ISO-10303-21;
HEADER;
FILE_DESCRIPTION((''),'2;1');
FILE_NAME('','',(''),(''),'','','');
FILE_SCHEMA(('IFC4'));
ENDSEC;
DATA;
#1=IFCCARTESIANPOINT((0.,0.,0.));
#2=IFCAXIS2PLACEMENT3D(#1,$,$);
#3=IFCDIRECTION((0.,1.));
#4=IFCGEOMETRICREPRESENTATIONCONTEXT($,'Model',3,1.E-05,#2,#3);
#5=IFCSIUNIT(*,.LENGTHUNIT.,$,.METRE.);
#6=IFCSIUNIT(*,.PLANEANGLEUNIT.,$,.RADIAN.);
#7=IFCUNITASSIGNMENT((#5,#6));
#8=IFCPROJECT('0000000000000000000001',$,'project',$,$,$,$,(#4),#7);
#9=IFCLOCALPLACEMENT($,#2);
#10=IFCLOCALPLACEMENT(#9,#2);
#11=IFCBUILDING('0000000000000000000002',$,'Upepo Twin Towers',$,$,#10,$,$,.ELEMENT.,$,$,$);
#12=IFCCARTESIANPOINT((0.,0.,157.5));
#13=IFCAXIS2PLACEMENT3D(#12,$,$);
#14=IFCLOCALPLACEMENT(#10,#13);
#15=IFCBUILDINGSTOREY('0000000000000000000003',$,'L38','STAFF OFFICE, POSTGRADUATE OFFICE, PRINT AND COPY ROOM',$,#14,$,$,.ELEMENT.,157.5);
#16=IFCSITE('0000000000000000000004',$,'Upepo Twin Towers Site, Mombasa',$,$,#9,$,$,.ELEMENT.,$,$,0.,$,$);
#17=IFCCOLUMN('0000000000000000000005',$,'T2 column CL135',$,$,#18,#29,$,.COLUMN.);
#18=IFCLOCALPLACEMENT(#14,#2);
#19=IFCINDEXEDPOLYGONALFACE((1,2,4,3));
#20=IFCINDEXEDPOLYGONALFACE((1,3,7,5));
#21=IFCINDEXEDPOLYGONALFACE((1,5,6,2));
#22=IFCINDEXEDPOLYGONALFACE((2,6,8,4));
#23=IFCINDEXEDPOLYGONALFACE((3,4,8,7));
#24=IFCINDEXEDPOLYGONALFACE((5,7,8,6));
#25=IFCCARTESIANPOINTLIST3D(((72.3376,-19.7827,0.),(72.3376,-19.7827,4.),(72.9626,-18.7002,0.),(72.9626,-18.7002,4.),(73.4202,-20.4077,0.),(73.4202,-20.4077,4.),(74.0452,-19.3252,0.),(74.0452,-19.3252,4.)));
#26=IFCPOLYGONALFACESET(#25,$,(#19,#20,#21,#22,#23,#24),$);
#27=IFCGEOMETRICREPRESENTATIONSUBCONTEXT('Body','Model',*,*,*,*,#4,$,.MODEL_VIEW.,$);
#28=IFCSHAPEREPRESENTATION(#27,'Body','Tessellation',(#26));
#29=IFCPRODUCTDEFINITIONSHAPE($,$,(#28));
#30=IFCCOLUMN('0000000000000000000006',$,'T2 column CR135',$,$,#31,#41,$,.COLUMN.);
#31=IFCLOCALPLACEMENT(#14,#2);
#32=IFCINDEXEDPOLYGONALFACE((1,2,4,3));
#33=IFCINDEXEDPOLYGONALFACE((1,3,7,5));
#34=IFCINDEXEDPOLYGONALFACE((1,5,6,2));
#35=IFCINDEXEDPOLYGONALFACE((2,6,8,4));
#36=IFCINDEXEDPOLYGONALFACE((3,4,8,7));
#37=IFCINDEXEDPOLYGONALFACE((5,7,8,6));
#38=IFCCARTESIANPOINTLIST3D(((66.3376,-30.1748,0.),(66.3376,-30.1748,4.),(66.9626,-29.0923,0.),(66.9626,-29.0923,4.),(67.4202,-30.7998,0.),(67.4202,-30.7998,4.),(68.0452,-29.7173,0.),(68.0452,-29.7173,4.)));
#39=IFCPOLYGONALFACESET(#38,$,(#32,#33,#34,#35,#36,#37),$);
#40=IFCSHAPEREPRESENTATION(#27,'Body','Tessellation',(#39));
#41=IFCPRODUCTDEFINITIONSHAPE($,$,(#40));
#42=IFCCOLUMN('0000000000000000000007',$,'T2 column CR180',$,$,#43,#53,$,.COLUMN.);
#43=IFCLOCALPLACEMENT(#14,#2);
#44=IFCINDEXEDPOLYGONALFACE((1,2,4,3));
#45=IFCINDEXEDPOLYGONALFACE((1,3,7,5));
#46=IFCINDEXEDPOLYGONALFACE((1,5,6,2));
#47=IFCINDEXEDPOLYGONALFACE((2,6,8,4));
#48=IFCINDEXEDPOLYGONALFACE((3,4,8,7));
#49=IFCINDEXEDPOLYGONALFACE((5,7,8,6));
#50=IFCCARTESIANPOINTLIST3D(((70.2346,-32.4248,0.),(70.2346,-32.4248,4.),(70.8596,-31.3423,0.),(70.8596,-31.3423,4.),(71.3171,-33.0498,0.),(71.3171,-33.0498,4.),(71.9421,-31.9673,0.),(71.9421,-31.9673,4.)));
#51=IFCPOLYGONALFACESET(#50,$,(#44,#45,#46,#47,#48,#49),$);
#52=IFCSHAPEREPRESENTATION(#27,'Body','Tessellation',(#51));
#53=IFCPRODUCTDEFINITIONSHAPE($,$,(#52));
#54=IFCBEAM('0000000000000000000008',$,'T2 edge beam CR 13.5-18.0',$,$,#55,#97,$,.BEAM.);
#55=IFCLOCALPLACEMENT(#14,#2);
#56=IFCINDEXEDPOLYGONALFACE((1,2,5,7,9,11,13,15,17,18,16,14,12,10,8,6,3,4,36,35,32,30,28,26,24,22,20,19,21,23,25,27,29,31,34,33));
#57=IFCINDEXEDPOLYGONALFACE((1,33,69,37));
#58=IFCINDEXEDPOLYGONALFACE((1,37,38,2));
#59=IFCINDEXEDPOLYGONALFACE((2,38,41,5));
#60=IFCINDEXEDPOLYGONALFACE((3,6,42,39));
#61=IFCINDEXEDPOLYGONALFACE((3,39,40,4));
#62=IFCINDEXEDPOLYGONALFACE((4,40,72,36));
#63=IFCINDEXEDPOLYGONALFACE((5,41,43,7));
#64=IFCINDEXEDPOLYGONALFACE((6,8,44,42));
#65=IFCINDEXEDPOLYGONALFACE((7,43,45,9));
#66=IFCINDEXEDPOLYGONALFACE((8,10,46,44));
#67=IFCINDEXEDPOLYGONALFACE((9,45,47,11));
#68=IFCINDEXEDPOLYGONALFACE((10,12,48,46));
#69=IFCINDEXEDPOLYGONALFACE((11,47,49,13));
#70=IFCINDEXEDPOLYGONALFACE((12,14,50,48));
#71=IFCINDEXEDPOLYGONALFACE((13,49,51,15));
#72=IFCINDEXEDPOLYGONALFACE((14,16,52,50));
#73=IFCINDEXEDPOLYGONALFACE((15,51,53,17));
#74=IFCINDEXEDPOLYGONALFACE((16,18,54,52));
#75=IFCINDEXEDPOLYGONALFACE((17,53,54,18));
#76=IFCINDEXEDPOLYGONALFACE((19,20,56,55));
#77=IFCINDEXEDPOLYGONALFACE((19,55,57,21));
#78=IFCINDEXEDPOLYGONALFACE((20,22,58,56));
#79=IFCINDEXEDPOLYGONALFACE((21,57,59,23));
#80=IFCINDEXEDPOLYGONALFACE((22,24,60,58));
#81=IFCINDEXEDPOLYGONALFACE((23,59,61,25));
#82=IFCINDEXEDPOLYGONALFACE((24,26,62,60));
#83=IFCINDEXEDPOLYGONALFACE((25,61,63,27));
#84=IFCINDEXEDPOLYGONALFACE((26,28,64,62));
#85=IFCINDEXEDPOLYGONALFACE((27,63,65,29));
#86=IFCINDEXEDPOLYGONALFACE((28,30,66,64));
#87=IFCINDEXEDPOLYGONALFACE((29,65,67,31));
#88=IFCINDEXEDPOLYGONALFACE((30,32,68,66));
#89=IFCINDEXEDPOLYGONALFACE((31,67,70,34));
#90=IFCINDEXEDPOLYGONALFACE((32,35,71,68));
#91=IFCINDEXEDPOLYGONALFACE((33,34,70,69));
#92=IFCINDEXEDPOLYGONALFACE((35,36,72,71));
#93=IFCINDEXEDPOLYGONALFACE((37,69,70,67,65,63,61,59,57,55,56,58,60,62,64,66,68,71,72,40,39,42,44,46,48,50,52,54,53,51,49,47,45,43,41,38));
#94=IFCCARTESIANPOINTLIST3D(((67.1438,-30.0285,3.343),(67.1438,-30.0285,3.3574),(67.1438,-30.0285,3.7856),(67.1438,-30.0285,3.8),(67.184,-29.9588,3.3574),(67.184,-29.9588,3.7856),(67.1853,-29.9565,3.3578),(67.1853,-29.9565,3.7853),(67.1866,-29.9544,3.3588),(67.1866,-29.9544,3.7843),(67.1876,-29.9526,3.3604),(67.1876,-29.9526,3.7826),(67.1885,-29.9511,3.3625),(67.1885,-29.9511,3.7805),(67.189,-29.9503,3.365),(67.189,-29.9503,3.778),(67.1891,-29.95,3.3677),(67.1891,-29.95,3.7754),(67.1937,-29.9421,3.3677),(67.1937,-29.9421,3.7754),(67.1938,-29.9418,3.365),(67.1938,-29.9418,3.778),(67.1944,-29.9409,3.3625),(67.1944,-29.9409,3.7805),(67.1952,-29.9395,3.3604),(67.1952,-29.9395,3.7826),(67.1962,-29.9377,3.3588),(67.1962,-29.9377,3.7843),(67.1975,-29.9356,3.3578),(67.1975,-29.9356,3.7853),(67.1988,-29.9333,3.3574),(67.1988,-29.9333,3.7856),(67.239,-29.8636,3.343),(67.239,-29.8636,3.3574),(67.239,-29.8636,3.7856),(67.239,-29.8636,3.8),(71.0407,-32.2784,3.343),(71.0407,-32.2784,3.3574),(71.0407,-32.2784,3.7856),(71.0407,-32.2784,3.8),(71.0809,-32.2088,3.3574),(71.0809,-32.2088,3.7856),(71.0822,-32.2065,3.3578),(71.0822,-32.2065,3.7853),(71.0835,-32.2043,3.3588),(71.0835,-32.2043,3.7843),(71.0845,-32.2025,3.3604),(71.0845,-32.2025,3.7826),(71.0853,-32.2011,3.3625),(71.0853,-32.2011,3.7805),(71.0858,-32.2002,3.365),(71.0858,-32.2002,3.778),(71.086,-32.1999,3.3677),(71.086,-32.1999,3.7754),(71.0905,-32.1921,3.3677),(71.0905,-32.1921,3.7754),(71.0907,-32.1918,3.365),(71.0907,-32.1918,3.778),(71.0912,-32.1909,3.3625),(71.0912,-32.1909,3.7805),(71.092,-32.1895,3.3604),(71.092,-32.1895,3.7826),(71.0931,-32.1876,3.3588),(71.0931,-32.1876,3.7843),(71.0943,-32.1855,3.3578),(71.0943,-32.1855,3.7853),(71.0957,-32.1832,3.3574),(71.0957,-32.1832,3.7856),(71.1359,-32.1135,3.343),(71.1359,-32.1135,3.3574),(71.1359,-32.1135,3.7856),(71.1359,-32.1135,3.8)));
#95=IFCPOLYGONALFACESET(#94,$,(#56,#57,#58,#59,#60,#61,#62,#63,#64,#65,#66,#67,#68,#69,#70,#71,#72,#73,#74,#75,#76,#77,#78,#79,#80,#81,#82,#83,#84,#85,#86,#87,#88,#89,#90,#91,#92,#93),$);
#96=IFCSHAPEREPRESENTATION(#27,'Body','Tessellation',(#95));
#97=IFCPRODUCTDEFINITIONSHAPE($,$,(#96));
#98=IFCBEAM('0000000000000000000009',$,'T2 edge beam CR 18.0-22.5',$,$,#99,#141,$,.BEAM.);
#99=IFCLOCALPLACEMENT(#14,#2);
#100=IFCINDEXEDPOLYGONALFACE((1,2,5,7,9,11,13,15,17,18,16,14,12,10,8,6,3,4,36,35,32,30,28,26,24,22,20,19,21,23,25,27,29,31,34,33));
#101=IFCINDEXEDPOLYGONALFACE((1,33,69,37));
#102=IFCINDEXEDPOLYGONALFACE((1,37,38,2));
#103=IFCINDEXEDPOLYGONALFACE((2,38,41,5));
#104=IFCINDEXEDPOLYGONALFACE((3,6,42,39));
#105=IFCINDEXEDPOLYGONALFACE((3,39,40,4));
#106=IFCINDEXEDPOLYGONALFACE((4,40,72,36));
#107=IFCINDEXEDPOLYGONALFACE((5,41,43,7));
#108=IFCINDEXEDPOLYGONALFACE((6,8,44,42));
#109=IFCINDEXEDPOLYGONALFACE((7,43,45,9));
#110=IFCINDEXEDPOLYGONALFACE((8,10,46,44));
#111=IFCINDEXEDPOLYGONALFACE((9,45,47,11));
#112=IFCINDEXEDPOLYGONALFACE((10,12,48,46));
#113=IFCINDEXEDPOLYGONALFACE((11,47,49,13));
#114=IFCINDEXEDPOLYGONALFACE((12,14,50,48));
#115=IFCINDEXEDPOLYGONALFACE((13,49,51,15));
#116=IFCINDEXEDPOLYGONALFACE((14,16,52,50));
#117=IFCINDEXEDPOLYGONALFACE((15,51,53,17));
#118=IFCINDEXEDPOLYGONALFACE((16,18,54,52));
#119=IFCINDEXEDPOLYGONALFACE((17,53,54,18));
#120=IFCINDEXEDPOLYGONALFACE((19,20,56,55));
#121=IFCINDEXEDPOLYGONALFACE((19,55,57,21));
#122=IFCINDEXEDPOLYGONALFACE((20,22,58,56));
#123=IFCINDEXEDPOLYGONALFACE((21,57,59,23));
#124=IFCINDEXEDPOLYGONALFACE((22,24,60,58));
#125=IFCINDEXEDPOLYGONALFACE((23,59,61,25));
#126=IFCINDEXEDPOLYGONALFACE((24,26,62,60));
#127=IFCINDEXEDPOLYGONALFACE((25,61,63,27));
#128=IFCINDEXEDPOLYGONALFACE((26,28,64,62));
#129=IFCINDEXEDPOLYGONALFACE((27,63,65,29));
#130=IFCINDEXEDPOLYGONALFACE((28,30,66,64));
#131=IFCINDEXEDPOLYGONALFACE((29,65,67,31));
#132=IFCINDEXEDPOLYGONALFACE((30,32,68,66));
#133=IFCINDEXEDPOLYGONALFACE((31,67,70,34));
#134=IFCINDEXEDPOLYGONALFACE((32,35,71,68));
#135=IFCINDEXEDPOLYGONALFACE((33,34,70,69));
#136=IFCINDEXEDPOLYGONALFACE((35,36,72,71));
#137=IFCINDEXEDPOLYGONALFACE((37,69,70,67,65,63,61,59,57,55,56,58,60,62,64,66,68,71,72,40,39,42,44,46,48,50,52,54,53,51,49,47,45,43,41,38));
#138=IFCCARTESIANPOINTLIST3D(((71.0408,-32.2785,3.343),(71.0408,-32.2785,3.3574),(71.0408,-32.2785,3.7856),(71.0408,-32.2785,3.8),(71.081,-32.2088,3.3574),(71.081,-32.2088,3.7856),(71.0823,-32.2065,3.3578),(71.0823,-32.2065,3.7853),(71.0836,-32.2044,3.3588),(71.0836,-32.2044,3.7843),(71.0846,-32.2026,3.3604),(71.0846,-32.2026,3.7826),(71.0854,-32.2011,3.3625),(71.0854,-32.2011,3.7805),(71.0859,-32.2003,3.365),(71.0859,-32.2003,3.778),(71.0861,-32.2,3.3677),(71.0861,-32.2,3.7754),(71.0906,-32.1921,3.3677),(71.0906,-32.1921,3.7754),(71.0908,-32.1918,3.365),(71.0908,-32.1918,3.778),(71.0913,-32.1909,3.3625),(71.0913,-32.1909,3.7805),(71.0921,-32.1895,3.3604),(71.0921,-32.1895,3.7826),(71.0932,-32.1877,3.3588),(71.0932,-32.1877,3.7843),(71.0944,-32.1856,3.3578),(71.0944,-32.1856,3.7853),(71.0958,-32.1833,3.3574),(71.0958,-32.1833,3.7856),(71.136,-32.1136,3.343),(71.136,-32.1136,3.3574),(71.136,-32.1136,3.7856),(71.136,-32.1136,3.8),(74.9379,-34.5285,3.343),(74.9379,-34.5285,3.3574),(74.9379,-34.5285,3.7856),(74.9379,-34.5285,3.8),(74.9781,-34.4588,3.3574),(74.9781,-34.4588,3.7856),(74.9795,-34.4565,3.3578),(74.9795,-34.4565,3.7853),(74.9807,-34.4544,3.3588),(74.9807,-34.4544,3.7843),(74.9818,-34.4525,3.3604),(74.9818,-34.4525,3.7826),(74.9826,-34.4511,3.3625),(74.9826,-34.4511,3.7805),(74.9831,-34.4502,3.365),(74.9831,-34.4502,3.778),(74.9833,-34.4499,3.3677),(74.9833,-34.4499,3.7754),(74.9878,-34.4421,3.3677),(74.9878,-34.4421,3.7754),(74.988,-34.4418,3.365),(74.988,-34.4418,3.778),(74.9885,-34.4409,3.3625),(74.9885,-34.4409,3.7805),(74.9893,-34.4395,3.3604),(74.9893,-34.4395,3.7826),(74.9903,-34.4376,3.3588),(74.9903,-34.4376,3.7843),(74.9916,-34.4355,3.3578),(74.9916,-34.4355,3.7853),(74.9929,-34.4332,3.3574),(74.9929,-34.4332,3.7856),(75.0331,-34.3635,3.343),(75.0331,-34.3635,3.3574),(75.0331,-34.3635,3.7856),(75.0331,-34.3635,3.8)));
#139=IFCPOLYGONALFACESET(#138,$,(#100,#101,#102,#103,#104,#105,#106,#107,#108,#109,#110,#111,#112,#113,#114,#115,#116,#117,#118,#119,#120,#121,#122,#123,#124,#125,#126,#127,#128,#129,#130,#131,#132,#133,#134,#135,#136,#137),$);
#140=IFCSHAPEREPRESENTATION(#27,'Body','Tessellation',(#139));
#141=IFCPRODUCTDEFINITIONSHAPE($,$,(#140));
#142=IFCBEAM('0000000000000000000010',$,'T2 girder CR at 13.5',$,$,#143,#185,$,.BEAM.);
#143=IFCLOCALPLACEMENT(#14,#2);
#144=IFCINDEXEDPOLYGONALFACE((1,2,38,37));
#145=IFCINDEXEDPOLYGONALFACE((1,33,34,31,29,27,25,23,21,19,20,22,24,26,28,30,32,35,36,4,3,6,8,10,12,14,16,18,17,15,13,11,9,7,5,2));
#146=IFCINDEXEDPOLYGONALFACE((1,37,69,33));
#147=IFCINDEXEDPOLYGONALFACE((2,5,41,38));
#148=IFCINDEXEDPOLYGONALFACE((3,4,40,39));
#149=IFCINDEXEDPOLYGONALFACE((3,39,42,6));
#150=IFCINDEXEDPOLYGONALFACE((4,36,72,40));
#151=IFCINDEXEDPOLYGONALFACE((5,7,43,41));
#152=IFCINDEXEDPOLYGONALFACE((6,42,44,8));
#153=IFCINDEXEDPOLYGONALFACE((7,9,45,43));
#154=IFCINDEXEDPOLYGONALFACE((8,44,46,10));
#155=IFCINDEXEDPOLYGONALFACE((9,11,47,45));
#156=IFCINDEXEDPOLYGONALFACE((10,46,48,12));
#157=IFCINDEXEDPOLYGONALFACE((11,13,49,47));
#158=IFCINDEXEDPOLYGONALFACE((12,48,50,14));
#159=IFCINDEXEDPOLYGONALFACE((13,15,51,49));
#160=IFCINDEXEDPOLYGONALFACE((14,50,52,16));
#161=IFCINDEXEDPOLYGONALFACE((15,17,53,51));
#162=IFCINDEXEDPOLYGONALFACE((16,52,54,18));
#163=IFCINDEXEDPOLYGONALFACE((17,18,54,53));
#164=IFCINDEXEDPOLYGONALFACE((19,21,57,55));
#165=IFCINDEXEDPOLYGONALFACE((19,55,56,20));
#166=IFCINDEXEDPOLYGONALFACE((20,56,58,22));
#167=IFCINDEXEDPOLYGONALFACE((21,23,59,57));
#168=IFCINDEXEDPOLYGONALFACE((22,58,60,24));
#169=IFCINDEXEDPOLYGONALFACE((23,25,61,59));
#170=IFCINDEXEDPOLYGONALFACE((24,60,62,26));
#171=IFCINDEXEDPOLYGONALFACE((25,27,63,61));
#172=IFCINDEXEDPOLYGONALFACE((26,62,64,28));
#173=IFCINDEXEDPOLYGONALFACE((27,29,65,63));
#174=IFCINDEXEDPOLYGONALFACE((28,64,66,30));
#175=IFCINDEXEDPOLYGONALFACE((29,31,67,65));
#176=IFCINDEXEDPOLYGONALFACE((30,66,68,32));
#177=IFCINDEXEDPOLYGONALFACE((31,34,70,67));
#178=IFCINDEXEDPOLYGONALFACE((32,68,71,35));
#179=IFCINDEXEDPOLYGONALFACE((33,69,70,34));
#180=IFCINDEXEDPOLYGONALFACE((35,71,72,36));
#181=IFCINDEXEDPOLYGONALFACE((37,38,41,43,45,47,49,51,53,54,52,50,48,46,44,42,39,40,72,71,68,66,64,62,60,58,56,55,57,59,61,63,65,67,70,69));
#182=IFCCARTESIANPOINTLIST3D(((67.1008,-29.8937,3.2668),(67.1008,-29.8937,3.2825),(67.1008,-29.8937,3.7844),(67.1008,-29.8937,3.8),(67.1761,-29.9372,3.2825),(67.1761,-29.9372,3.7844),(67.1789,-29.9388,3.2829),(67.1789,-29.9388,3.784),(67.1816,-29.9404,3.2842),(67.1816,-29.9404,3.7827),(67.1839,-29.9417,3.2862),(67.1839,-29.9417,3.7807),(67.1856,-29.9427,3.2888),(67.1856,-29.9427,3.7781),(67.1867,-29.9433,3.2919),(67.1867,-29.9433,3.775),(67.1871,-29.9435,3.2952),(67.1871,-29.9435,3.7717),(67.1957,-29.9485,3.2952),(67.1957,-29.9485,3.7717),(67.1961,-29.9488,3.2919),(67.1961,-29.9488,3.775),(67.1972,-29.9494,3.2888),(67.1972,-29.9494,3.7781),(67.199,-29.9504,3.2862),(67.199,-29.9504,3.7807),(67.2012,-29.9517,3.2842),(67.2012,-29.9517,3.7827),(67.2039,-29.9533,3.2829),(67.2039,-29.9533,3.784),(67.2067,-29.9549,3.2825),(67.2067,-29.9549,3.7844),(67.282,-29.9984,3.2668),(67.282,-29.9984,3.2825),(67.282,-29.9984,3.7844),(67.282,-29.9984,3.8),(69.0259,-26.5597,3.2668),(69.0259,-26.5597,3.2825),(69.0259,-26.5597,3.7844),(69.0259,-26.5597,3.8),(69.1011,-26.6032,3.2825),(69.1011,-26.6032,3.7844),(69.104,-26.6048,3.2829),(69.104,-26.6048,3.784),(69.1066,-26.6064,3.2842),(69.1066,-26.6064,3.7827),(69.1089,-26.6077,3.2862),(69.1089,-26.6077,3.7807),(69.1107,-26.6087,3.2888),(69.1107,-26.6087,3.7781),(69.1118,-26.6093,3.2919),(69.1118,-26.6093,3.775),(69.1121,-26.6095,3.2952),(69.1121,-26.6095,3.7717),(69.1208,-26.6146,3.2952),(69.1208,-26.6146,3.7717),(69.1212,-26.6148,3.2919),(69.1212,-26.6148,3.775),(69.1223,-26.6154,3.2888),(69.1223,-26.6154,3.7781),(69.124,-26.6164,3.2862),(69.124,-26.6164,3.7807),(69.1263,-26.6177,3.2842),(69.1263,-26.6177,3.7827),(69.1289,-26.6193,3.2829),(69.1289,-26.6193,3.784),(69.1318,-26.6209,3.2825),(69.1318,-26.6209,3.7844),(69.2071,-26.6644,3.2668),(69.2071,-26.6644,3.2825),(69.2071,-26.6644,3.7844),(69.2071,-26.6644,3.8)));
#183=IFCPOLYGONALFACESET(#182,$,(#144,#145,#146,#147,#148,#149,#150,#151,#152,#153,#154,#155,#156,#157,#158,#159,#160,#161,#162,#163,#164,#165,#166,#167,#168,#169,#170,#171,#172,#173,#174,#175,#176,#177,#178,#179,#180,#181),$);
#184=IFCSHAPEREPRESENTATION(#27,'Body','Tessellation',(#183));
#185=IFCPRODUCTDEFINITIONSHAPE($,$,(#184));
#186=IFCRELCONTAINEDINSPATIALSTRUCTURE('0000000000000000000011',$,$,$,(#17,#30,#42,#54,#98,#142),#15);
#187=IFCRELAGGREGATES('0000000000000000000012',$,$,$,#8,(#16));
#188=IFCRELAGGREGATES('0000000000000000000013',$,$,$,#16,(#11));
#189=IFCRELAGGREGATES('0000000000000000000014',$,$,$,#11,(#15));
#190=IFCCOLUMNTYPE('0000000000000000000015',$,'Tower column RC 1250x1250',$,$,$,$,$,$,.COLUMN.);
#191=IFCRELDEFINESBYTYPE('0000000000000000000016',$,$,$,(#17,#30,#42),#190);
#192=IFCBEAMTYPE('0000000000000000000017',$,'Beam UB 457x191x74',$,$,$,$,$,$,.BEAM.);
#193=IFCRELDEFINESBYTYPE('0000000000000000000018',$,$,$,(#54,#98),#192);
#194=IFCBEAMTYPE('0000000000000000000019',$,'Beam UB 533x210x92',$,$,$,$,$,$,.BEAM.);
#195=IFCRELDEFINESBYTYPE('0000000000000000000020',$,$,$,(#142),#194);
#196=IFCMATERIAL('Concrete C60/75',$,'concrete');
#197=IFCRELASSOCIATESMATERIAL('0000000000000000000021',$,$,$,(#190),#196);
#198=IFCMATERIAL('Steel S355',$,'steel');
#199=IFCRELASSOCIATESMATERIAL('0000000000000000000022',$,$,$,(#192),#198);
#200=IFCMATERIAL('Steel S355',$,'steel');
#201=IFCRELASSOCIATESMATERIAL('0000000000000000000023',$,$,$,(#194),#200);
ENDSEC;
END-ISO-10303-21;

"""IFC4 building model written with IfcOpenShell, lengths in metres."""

from ifc_helpers import new_model, si_unit, direction, frame, origin, origin_2d, place, context, subcontext, project, spatial, rectangle, i_section, extrude, material, material_profile, profile_set, type_object, element, save


model = new_model("IFC4")

# Units and contexts
model_context = context("Model", 3, precision=1e-05, world=origin(), true_north=direction((0.0, 1.0)))
body_context = subcontext(model_context, "Body", "Model", "MODEL_VIEW")
ifc_project = project(units=[si_unit("LENGTHUNIT", "METRE"), si_unit("PLANEANGLEUNIT", "RADIAN")], contexts=[model_context])

# Site, building, storey
site_placement = place(None, origin())
site = spatial("IfcSite", under=ifc_project, at=site_placement, Name="Upepo Twin Towers Site, Mombasa", CompositionType="ELEMENT", RefElevation=0.0)
building_placement = place(site_placement, origin())
building = spatial("IfcBuilding", under=site, at=building_placement, Name="Upepo Twin Towers", CompositionType="ELEMENT")
storey_placement = place(building_placement, frame((0.0, 0.0, 157.5)))
storey = spatial("IfcBuildingStorey", under=building, at=storey_placement, Name="L38", Description="STAFF OFFICE, POSTGRADUATE OFFICE, PRINT AND COPY ROOM", CompositionType="ELEMENT", Elevation=157.5)

# Columns
ifc_material_1 = material(Name="Concrete C60/75", Category="concrete")
ifc_material_profile_1 = material_profile(ifc_material_1, rectangle(XDim=1.25, YDim=1.25, at=origin_2d()), Name="RC 1250x1250")
ifc_profile_set_1 = profile_set([ifc_material_profile_1], Name="Concrete C60/75")
column_type = type_object("IfcColumnType", Name="Tower column RC 1250x1250", PredefinedType="COLUMN", material=ifc_profile_set_1)
for number, where, z_axis, x_axis, name in (
    (1, (73.1914, -19.554, 0.0), (0.0, 0.0, 1.0), (0.5, 0.866025, 0.0), "T2 column CL135"),
    (2, (67.1914, -29.946, 0.0), (0.0, 0.0, 1.0), (0.5, 0.866025, 0.0), "T2 column CR135"),
    (3, (71.0884, -32.196, 0.0), (0.0, 0.0, 1.0), (0.5, 0.866025, 0.0), "T2 column CR180"),
):
    element("IfcColumn", number, at=place(storey_placement, frame(where, z_axis=z_axis, x_axis=x_axis)), inside=storey, type_object=column_type, Name=name, PredefinedType="COLUMN", context=body_context, shape_type="SweptSolid", body=[
        extrude(rectangle(XDim=1.25, YDim=1.25, at=origin_2d()), origin(), (0.0, 0.0, 1.0), 4.0),
    ])

# Beams
ifc_material_2 = material(Name="Steel S355", Category="steel")
ifc_material_profile_2 = material_profile(ifc_material_2, i_section(OverallWidth=0.1904, OverallDepth=0.457, WebThickness=0.009, FlangeThickness=0.0144, FilletRadius=0.0103, at=origin_2d()), Name="UB 457x191x74")
ifc_profile_set_2 = profile_set([ifc_material_profile_2], Name="Steel S355")
beam_type_1 = type_object("IfcBeamType", Name="Beam UB 457x191x74", PredefinedType="BEAM", material=ifc_profile_set_2)
beam_1_placement = place(storey_placement, frame((67.1914, -29.946, 3.5715), z_axis=(0.866018, -0.500014, 0.0), x_axis=(0.500014, 0.866018, 0.0)))
element("IfcBeam", 4, at=beam_1_placement, inside=storey, type_object=beam_type_1, Name="T2 edge beam CR 13.5-18.0", PredefinedType="BEAM", context=body_context, shape_type="SweptSolid", body=[
    extrude(i_section(OverallWidth=0.1904, OverallDepth=0.457, WebThickness=0.009, FlangeThickness=0.0144, FilletRadius=0.0103, at=origin_2d()), origin(), (0.0, 0.0, 1.0), 4.4998),
])
beam_2_placement = place(storey_placement, frame((71.0884, -32.196, 3.5715), z_axis=(0.866031, -0.49999, 0.0), x_axis=(0.49999, 0.866031, 0.0)))
element("IfcBeam", 5, at=beam_2_placement, inside=storey, type_object=beam_type_1, Name="T2 edge beam CR 18.0-22.5", PredefinedType="BEAM", context=body_context, shape_type="SweptSolid", body=[
    extrude(i_section(OverallWidth=0.1904, OverallDepth=0.457, WebThickness=0.009, FlangeThickness=0.0144, FilletRadius=0.0103, at=origin_2d()), origin(), (0.0, 0.0, 1.0), 4.5),
])
ifc_material_3 = material(Name="Steel S355", Category="steel")
ifc_material_profile_3 = material_profile(ifc_material_3, i_section(OverallWidth=0.2092, OverallDepth=0.5332, WebThickness=0.01, FlangeThickness=0.0156, FilletRadius=0.0127, at=origin_2d()), Name="UB 533x210x92")
ifc_profile_set_3 = profile_set([ifc_material_profile_3], Name="Steel S355")
beam_type_2 = type_object("IfcBeamType", Name="Beam UB 533x210x92", PredefinedType="BEAM", material=ifc_profile_set_3)
for number, where, z_axis, x_axis, name in (
    (6, (67.1914, -29.946, 3.5334), (0.500034, 0.866006, 0.0), (-0.866006, 0.500034, 0.0), "T2 girder CR at 13.5"),
):
    element("IfcBeam", number, at=place(storey_placement, frame(where, z_axis=z_axis, x_axis=x_axis)), inside=storey, type_object=beam_type_2, Name=name, PredefinedType="BEAM", context=body_context, shape_type="SweptSolid", body=[
        extrude(i_section(OverallWidth=0.2092, OverallDepth=0.5332, WebThickness=0.01, FlangeThickness=0.0156, FilletRadius=0.0127, at=origin_2d()), origin(), (0.0, 0.0, 1.0), 3.8499),
    ])

save(model, "model.ifc")
